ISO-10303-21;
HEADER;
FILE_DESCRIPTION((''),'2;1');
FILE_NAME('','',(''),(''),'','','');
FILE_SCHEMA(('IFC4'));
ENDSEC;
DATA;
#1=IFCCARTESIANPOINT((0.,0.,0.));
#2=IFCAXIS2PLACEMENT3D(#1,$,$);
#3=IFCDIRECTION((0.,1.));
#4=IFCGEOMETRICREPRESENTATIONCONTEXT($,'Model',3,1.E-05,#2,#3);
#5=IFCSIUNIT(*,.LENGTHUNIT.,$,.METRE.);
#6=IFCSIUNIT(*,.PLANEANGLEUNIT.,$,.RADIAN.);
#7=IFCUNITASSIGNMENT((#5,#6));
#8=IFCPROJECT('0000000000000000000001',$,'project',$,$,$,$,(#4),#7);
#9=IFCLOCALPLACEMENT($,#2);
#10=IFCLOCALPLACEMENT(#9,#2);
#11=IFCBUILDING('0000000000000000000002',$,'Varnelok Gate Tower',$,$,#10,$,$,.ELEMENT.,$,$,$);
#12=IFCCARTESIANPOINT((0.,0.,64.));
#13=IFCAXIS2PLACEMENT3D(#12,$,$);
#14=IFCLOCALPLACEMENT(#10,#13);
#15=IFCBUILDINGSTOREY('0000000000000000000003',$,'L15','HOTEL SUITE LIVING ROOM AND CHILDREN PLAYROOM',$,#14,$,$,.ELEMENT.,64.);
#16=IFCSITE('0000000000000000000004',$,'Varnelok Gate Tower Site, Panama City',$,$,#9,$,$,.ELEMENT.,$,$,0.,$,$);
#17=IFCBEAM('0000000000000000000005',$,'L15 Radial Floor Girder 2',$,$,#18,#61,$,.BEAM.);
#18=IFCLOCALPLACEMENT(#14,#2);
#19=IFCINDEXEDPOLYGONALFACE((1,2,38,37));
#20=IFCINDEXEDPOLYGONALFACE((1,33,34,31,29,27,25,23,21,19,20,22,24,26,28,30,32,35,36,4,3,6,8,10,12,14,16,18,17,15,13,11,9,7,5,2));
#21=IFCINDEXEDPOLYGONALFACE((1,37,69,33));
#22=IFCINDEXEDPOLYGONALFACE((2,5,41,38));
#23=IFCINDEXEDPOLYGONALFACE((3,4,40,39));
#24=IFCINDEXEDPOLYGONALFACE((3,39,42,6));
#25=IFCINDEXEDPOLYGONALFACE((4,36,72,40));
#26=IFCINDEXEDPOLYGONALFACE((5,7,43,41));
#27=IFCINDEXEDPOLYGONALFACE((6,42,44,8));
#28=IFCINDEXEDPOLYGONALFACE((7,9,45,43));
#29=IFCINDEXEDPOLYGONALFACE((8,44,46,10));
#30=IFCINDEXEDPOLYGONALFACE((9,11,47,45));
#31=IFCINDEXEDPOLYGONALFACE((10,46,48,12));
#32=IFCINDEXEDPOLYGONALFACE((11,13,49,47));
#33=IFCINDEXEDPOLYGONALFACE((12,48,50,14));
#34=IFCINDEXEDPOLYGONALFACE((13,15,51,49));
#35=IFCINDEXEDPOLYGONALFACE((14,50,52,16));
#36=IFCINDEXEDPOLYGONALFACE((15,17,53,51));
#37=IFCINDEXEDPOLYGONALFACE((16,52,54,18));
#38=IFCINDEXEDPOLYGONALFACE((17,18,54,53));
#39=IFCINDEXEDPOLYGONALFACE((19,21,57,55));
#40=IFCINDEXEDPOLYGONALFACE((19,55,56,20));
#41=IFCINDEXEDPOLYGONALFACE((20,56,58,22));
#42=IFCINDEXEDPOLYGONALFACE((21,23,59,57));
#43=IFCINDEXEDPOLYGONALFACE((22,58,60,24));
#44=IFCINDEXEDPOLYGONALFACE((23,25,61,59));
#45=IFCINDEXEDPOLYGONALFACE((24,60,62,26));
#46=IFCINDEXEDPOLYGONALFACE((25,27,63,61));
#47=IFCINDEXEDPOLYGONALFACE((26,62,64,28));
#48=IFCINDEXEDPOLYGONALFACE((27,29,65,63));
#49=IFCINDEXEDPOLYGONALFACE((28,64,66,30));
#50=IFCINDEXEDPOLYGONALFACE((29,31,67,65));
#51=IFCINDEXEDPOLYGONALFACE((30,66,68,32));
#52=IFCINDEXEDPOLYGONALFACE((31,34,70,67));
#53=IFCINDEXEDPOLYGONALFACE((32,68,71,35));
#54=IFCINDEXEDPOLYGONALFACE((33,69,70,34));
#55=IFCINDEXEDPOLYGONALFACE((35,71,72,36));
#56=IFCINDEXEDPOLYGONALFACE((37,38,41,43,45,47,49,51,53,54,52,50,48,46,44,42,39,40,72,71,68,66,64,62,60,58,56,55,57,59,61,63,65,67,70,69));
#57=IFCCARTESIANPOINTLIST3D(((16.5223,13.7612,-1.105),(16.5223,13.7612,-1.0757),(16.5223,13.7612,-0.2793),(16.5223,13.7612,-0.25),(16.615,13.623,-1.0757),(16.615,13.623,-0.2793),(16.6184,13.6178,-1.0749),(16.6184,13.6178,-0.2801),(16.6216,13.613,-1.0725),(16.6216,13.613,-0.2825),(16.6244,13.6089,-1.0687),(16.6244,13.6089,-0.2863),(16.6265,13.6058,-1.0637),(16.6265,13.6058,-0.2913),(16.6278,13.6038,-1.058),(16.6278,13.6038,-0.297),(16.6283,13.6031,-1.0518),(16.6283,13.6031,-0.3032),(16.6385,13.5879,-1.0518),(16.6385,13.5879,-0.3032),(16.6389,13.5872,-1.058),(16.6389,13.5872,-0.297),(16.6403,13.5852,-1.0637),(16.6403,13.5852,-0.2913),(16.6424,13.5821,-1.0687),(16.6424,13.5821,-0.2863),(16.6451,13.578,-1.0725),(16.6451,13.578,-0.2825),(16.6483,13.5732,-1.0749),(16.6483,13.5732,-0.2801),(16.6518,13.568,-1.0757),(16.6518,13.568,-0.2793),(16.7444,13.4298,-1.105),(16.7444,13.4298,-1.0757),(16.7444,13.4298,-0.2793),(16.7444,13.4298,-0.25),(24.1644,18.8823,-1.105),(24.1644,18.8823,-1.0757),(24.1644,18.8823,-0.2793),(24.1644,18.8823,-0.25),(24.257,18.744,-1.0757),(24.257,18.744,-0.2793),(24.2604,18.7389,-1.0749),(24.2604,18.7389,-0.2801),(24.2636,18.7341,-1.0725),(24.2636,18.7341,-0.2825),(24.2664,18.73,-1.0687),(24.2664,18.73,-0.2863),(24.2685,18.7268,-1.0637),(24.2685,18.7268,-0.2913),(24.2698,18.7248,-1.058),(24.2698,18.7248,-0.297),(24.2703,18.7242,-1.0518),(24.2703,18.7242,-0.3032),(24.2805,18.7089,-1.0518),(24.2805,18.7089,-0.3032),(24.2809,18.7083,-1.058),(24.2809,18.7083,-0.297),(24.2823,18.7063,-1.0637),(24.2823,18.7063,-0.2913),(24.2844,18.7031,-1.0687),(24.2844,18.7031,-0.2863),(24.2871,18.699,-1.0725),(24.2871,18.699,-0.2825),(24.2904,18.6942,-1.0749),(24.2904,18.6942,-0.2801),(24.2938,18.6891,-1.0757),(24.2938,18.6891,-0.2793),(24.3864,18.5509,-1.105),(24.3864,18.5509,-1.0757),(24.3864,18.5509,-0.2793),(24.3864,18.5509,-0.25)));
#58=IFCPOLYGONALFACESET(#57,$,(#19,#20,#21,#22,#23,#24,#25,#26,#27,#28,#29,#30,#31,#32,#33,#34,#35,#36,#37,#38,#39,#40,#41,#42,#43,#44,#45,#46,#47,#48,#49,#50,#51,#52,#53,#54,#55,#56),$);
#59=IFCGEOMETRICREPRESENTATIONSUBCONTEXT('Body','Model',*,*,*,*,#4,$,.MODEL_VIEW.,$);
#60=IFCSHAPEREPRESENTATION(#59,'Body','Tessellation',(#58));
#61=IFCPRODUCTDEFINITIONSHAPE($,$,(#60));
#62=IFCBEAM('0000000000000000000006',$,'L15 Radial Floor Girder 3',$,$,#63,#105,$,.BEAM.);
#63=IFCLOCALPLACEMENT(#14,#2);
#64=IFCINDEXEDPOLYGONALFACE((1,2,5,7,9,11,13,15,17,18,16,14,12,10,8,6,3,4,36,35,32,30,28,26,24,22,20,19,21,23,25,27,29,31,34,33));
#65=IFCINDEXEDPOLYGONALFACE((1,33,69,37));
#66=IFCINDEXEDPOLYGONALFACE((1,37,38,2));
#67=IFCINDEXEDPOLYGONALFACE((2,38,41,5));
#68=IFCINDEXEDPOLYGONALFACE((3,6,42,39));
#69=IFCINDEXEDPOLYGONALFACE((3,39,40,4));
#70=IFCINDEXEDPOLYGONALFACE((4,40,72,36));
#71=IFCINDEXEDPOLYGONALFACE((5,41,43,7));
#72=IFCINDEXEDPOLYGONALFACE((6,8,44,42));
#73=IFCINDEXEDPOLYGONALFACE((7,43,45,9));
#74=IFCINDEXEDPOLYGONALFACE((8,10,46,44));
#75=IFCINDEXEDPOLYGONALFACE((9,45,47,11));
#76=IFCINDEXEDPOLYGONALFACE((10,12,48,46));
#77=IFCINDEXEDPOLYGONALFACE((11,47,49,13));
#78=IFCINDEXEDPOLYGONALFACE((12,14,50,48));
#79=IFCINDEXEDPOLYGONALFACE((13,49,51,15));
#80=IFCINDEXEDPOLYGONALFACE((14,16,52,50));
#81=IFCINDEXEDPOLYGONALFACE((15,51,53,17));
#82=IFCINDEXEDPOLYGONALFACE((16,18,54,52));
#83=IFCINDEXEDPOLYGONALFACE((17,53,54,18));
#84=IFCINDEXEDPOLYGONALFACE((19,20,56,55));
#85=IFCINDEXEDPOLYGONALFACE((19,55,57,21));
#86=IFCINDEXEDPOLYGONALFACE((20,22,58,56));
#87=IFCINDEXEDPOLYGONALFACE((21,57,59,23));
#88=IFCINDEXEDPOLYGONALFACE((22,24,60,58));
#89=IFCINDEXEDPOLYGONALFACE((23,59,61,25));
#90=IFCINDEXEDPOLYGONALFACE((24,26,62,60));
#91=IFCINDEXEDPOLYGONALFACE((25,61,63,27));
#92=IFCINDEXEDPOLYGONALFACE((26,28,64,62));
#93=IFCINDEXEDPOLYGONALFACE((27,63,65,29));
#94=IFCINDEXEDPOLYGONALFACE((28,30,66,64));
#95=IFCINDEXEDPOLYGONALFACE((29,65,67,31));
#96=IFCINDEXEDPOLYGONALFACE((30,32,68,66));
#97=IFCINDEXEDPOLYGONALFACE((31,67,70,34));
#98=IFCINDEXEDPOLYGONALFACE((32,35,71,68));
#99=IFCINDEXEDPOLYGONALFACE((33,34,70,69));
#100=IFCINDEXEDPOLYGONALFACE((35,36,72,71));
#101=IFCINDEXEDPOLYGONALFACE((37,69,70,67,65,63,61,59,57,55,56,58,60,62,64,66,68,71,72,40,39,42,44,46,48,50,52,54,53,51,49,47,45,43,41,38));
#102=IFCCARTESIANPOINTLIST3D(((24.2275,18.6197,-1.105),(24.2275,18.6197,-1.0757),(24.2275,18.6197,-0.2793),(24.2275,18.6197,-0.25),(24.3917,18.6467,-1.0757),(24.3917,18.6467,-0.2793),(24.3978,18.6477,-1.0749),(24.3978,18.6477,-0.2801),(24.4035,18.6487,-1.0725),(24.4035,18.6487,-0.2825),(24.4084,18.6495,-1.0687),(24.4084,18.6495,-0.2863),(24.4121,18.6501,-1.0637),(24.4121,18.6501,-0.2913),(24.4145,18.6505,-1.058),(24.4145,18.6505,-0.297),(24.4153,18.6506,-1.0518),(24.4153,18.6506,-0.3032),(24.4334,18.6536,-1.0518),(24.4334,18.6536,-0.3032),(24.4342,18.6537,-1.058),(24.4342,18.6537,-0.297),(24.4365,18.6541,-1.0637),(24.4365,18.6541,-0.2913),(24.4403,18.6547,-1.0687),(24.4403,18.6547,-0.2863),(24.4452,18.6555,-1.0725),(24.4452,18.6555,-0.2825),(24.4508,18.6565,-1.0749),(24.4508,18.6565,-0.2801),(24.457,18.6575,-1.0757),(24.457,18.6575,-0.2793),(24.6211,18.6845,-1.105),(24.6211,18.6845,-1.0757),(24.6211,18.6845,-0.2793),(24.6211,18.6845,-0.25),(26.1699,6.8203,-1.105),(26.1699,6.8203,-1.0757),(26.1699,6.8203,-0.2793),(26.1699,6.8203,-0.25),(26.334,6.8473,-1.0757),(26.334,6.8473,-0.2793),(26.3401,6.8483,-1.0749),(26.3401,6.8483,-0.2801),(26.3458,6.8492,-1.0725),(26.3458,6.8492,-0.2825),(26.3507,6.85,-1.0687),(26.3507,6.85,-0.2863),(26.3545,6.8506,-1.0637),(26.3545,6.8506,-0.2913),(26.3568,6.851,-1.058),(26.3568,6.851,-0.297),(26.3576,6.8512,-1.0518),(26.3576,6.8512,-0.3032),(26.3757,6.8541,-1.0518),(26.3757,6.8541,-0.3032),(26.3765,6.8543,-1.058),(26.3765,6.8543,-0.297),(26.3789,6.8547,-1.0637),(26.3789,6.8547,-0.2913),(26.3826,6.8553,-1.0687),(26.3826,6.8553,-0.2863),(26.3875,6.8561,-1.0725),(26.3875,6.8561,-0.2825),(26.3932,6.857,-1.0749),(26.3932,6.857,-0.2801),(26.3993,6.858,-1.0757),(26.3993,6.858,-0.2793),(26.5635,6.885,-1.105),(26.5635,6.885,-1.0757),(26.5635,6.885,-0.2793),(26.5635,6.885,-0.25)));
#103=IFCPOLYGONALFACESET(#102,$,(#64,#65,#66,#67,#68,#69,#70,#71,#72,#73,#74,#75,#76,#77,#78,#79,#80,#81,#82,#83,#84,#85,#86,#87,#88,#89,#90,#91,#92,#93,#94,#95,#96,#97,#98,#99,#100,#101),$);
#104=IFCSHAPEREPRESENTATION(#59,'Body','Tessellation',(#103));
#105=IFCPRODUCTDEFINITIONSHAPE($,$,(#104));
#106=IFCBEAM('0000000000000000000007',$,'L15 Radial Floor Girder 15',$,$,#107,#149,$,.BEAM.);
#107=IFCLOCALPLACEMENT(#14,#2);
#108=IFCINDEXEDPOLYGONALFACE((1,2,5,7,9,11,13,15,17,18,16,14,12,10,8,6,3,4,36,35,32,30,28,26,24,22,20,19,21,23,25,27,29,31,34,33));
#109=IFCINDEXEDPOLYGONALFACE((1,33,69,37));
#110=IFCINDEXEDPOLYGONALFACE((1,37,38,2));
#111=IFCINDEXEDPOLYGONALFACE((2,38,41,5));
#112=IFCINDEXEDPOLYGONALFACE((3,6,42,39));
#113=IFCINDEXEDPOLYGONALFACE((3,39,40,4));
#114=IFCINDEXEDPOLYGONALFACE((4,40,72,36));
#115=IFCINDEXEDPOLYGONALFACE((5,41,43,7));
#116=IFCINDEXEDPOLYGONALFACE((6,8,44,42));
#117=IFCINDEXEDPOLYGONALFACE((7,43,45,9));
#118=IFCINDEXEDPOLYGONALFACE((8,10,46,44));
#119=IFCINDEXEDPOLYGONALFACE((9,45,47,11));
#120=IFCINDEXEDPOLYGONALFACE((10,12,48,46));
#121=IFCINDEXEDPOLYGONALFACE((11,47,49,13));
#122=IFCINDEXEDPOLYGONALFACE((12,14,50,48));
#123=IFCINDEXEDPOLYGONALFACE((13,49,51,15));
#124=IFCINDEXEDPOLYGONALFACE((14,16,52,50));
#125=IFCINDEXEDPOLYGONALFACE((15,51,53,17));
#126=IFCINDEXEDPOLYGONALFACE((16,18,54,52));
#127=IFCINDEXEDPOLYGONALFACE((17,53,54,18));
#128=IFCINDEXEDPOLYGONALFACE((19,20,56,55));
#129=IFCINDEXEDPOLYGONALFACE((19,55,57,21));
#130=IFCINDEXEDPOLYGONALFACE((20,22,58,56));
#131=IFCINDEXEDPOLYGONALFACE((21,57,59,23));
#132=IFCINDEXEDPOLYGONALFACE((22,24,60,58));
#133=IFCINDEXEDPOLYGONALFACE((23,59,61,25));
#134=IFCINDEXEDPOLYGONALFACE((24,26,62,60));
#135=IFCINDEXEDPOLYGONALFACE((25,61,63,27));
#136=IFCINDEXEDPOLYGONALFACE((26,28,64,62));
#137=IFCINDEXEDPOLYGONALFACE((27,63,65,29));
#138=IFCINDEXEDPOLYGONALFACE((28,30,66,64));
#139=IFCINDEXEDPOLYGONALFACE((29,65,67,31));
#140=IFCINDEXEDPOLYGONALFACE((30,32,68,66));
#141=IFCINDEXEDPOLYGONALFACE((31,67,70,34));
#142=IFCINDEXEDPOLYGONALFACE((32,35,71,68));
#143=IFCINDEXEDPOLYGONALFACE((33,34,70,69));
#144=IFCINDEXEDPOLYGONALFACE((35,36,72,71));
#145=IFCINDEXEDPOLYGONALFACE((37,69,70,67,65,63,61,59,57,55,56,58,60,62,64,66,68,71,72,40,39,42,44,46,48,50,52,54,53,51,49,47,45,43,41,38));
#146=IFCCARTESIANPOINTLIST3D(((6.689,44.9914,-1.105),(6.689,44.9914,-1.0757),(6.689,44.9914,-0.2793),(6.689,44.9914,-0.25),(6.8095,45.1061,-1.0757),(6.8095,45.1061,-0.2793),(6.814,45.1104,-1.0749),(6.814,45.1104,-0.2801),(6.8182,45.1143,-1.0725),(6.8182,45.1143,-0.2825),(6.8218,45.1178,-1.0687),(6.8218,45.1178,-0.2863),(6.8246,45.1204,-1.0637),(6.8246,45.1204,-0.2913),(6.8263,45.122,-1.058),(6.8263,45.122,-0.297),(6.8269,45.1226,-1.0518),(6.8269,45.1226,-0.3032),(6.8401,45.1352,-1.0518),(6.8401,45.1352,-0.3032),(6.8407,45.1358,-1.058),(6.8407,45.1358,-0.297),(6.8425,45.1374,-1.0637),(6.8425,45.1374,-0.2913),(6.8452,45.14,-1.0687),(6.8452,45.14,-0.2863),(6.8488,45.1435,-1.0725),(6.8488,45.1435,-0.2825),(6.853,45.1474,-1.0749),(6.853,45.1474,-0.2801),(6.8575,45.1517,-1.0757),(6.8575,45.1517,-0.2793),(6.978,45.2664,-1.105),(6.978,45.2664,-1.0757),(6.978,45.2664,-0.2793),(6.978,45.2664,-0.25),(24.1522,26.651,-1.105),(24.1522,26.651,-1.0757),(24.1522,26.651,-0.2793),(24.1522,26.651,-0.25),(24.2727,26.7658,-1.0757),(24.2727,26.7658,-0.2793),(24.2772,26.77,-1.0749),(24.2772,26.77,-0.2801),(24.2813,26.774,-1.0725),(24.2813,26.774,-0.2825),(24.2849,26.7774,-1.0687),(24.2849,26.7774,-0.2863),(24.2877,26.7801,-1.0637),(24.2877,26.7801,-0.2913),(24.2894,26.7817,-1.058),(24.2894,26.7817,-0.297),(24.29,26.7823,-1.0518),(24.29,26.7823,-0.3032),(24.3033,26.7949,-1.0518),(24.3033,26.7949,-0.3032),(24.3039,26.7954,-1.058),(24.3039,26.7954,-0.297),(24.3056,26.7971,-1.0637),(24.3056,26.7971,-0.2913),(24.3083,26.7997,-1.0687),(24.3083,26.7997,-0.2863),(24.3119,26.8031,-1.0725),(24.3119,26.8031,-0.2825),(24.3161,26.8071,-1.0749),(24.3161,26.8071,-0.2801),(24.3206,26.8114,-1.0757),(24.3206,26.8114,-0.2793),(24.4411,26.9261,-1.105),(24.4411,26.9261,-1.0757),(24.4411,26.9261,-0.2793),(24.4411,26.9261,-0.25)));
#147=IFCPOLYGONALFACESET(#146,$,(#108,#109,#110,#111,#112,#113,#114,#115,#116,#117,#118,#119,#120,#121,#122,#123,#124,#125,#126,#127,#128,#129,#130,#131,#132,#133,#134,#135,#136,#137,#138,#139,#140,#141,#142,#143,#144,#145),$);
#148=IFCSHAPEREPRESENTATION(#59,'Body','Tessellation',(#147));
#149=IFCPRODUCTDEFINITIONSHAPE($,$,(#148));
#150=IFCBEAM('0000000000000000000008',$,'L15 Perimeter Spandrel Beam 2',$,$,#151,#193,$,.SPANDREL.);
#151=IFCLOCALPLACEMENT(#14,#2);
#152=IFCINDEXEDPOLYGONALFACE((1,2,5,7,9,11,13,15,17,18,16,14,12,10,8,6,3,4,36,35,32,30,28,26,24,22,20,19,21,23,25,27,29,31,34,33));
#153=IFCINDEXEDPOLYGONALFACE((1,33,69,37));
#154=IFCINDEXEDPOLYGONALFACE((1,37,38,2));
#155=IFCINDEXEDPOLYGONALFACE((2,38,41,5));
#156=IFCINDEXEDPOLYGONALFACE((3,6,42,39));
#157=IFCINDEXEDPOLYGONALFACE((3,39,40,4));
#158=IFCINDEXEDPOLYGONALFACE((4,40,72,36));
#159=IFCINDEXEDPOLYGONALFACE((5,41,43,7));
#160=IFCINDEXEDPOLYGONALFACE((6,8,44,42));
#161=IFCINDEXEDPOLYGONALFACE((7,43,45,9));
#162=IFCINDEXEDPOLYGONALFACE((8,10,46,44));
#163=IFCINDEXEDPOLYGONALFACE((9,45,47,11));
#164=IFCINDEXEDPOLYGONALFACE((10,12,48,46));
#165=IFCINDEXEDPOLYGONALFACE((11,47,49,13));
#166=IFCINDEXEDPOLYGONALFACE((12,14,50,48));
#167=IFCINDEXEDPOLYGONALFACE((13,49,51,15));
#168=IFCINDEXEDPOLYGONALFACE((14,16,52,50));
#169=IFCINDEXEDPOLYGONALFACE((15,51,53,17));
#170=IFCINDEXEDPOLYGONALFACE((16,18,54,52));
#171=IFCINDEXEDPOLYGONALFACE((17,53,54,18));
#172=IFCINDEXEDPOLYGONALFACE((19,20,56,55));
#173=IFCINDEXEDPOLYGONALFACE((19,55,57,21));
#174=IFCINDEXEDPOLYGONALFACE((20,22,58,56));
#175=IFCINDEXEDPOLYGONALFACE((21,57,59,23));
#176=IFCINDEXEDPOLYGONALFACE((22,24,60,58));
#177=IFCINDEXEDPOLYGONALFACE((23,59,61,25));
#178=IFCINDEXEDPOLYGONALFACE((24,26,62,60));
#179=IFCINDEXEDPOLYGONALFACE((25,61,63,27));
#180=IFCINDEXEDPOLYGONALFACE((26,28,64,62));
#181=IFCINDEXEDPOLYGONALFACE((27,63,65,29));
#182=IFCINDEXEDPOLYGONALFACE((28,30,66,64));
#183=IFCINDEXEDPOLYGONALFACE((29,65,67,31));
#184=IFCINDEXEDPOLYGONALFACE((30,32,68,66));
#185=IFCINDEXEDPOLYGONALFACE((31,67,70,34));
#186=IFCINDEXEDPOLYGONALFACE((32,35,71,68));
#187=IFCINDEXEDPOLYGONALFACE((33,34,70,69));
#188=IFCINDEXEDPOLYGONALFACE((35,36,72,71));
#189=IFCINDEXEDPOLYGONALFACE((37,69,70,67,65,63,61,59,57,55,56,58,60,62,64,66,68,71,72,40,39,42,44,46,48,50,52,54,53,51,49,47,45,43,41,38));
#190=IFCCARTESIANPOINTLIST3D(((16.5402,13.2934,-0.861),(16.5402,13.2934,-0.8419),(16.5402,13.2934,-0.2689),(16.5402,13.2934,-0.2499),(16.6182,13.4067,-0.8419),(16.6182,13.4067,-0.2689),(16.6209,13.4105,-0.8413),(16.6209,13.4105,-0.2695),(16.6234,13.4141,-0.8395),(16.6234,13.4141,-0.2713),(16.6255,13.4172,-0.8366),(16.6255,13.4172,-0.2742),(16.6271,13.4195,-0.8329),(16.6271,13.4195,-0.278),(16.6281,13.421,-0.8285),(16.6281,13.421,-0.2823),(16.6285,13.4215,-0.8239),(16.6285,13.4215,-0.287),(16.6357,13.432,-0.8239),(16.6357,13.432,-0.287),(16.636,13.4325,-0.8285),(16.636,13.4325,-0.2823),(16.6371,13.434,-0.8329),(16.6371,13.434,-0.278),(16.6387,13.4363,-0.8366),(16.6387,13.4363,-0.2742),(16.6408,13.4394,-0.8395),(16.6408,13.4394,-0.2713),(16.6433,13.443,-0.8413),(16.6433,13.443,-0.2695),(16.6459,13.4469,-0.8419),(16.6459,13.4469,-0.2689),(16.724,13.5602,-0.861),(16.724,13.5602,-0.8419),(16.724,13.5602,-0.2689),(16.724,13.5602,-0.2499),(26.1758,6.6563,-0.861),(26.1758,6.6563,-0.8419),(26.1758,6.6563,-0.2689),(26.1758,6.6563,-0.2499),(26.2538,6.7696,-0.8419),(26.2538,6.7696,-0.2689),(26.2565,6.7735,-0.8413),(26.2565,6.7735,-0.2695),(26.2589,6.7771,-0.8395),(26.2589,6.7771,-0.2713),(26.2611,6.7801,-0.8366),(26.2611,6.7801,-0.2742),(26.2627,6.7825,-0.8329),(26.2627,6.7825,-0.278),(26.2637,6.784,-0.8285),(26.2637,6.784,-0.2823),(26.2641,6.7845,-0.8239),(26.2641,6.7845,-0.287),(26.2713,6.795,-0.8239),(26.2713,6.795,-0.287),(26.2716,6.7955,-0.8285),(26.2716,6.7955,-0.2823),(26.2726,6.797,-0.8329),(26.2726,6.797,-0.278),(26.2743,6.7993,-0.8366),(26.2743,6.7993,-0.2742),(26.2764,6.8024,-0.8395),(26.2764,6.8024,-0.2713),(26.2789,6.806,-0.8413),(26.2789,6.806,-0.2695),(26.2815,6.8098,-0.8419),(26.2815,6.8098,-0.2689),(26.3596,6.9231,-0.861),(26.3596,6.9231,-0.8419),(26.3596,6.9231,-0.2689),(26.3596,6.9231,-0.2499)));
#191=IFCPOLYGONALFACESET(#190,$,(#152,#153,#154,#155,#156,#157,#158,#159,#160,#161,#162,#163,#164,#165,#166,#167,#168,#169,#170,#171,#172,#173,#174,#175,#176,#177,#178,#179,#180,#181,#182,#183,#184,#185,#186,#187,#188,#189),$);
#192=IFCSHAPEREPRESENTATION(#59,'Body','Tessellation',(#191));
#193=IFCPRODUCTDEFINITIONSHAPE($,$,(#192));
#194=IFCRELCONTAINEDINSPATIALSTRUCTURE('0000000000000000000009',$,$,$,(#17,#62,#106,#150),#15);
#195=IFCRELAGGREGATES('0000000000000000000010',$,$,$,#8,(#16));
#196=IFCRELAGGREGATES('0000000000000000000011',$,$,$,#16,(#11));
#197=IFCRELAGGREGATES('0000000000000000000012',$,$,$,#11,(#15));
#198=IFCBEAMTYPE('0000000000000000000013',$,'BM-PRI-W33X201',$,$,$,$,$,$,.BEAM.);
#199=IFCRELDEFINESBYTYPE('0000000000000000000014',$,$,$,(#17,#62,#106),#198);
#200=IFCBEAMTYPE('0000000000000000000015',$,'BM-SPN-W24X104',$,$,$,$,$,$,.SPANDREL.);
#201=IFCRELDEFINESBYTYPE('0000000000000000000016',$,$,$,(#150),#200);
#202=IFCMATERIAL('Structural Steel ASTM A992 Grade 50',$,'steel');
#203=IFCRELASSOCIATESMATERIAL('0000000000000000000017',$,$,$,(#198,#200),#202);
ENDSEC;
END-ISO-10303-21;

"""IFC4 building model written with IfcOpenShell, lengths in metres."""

from ifc_helpers import new_model, si_unit, direction, frame, origin, origin_2d, place, context, subcontext, project, spatial, i_section, extrude, material, material_profile, profile_set, type_object, element, save


model = new_model("IFC4")

# Units and contexts
model_context = context("Model", 3, precision=1e-05, world=origin(), true_north=direction((0.0, 1.0)))
body_context = subcontext(model_context, "Body", "Model", "MODEL_VIEW")
ifc_project = project(units=[si_unit("LENGTHUNIT", "METRE"), si_unit("PLANEANGLEUNIT", "RADIAN")], contexts=[model_context])

# Site, building, storey
site_placement = place(None, origin())
site = spatial("IfcSite", under=ifc_project, at=site_placement, Name="Varnelok Gate Tower Site, Panama City", CompositionType="ELEMENT", RefElevation=0.0)
building_placement = place(site_placement, origin())
building = spatial("IfcBuilding", under=site, at=building_placement, Name="Varnelok Gate Tower", CompositionType="ELEMENT")
storey_placement = place(building_placement, frame((0.0, 0.0, 64.0)))
storey = spatial("IfcBuildingStorey", under=building, at=storey_placement, Name="L15", Description="HOTEL SUITE LIVING ROOM AND CHILDREN PLAYROOM", CompositionType="ELEMENT", Elevation=64.0)

# Shared definitions
ifc_material_1 = material(Name="Structural Steel ASTM A992 Grade 50", Category="steel")

# Beams
ifc_material_profile_1 = material_profile(ifc_material_1, i_section(OverallWidth=0.3989, OverallDepth=0.855, WebThickness=0.0183, FlangeThickness=0.0293, FilletRadius=0.0239, at=origin_2d()), Name="W33X201")
ifc_profile_set_1 = profile_set([ifc_material_profile_1], Name="Structural Steel ASTM A992 Grade 50")
beam_type_1 = type_object("IfcBeamType", Name="BM-PRI-W33X201", PredefinedType="BEAM", material=ifc_profile_set_1)
beam_1_placement = place(storey_placement, frame((24.2754, 18.7166, -0.6775), z_axis=(-0.830725, -0.556683, 0.0), x_axis=(0.556683, -0.830725, 0.0)))
element("IfcBeam", 1, at=beam_1_placement, inside=storey, type_object=beam_type_1, Name="L15 Radial Floor Girder 2", PredefinedType="BEAM", context=body_context, shape_type="SweptSolid", body=[
    extrude(i_section(OverallWidth=0.3989, OverallDepth=0.855, WebThickness=0.0183, FlangeThickness=0.0293, FilletRadius=0.0239, at=origin_2d()), origin(), (0.0, 0.0, 1.0), 9.1992),
])
beam_2_placement = place(storey_placement, frame((24.4243, 18.6521, -0.6775), z_axis=(0.162429, -0.98672, 0.0), x_axis=(0.98672, 0.162429, 0.0)))
element("IfcBeam", 2, at=beam_2_placement, inside=storey, type_object=beam_type_1, Name="L15 Radial Floor Girder 3", PredefinedType="BEAM", context=body_context, shape_type="SweptSolid", body=[
    extrude(i_section(OverallWidth=0.3989, OverallDepth=0.855, WebThickness=0.0183, FlangeThickness=0.0293, FilletRadius=0.0239, at=origin_2d()), origin(), (0.0, 0.0, 1.0), 11.9583),
])
beam_3_placement = place(storey_placement, frame((24.2966, 26.7886, -0.6775), z_axis=(-0.689575, 0.724214, 0.0), x_axis=(-0.724214, -0.689575, 0.0)))
element("IfcBeam", 3, at=beam_3_placement, inside=storey, type_object=beam_type_1, Name="L15 Radial Floor Girder 15", PredefinedType="BEAM", context=body_context, shape_type="SweptSolid", body=[
    extrude(i_section(OverallWidth=0.3989, OverallDepth=0.855, WebThickness=0.0183, FlangeThickness=0.0293, FilletRadius=0.0239, at=origin_2d()), origin(), (0.0, 0.0, 1.0), 25.3245),
])
ifc_material_profile_2 = material_profile(ifc_material_1, i_section(OverallWidth=0.324, OverallDepth=0.6111, WebThickness=0.0127, FlangeThickness=0.019, FilletRadius=0.0181, at=origin_2d()), Name="W24X104")
ifc_profile_set_2 = profile_set([ifc_material_profile_2], Name="Structural Steel ASTM A992 Grade 50")
beam_type_2 = type_object("IfcBeamType", Name="BM-SPN-W24X104", PredefinedType="SPANDREL", material=ifc_profile_set_2)
beam_4_placement = place(storey_placement, frame((16.6321, 13.4268, -0.5554), z_axis=(0.823541, -0.567257, 0.0), x_axis=(0.567257, 0.823541, 0.0)))
element("IfcBeam", 4, at=beam_4_placement, inside=storey, type_object=beam_type_2, Name="L15 Perimeter Spandrel Beam 2", PredefinedType="SPANDREL", context=body_context, shape_type="SweptSolid", body=[
    extrude(i_section(OverallWidth=0.324, OverallDepth=0.6111, WebThickness=0.0127, FlangeThickness=0.019, FilletRadius=0.0181, at=origin_2d()), origin(), (0.0, 0.0, 1.0), 11.7002),
])

save(model, "model.ifc")
